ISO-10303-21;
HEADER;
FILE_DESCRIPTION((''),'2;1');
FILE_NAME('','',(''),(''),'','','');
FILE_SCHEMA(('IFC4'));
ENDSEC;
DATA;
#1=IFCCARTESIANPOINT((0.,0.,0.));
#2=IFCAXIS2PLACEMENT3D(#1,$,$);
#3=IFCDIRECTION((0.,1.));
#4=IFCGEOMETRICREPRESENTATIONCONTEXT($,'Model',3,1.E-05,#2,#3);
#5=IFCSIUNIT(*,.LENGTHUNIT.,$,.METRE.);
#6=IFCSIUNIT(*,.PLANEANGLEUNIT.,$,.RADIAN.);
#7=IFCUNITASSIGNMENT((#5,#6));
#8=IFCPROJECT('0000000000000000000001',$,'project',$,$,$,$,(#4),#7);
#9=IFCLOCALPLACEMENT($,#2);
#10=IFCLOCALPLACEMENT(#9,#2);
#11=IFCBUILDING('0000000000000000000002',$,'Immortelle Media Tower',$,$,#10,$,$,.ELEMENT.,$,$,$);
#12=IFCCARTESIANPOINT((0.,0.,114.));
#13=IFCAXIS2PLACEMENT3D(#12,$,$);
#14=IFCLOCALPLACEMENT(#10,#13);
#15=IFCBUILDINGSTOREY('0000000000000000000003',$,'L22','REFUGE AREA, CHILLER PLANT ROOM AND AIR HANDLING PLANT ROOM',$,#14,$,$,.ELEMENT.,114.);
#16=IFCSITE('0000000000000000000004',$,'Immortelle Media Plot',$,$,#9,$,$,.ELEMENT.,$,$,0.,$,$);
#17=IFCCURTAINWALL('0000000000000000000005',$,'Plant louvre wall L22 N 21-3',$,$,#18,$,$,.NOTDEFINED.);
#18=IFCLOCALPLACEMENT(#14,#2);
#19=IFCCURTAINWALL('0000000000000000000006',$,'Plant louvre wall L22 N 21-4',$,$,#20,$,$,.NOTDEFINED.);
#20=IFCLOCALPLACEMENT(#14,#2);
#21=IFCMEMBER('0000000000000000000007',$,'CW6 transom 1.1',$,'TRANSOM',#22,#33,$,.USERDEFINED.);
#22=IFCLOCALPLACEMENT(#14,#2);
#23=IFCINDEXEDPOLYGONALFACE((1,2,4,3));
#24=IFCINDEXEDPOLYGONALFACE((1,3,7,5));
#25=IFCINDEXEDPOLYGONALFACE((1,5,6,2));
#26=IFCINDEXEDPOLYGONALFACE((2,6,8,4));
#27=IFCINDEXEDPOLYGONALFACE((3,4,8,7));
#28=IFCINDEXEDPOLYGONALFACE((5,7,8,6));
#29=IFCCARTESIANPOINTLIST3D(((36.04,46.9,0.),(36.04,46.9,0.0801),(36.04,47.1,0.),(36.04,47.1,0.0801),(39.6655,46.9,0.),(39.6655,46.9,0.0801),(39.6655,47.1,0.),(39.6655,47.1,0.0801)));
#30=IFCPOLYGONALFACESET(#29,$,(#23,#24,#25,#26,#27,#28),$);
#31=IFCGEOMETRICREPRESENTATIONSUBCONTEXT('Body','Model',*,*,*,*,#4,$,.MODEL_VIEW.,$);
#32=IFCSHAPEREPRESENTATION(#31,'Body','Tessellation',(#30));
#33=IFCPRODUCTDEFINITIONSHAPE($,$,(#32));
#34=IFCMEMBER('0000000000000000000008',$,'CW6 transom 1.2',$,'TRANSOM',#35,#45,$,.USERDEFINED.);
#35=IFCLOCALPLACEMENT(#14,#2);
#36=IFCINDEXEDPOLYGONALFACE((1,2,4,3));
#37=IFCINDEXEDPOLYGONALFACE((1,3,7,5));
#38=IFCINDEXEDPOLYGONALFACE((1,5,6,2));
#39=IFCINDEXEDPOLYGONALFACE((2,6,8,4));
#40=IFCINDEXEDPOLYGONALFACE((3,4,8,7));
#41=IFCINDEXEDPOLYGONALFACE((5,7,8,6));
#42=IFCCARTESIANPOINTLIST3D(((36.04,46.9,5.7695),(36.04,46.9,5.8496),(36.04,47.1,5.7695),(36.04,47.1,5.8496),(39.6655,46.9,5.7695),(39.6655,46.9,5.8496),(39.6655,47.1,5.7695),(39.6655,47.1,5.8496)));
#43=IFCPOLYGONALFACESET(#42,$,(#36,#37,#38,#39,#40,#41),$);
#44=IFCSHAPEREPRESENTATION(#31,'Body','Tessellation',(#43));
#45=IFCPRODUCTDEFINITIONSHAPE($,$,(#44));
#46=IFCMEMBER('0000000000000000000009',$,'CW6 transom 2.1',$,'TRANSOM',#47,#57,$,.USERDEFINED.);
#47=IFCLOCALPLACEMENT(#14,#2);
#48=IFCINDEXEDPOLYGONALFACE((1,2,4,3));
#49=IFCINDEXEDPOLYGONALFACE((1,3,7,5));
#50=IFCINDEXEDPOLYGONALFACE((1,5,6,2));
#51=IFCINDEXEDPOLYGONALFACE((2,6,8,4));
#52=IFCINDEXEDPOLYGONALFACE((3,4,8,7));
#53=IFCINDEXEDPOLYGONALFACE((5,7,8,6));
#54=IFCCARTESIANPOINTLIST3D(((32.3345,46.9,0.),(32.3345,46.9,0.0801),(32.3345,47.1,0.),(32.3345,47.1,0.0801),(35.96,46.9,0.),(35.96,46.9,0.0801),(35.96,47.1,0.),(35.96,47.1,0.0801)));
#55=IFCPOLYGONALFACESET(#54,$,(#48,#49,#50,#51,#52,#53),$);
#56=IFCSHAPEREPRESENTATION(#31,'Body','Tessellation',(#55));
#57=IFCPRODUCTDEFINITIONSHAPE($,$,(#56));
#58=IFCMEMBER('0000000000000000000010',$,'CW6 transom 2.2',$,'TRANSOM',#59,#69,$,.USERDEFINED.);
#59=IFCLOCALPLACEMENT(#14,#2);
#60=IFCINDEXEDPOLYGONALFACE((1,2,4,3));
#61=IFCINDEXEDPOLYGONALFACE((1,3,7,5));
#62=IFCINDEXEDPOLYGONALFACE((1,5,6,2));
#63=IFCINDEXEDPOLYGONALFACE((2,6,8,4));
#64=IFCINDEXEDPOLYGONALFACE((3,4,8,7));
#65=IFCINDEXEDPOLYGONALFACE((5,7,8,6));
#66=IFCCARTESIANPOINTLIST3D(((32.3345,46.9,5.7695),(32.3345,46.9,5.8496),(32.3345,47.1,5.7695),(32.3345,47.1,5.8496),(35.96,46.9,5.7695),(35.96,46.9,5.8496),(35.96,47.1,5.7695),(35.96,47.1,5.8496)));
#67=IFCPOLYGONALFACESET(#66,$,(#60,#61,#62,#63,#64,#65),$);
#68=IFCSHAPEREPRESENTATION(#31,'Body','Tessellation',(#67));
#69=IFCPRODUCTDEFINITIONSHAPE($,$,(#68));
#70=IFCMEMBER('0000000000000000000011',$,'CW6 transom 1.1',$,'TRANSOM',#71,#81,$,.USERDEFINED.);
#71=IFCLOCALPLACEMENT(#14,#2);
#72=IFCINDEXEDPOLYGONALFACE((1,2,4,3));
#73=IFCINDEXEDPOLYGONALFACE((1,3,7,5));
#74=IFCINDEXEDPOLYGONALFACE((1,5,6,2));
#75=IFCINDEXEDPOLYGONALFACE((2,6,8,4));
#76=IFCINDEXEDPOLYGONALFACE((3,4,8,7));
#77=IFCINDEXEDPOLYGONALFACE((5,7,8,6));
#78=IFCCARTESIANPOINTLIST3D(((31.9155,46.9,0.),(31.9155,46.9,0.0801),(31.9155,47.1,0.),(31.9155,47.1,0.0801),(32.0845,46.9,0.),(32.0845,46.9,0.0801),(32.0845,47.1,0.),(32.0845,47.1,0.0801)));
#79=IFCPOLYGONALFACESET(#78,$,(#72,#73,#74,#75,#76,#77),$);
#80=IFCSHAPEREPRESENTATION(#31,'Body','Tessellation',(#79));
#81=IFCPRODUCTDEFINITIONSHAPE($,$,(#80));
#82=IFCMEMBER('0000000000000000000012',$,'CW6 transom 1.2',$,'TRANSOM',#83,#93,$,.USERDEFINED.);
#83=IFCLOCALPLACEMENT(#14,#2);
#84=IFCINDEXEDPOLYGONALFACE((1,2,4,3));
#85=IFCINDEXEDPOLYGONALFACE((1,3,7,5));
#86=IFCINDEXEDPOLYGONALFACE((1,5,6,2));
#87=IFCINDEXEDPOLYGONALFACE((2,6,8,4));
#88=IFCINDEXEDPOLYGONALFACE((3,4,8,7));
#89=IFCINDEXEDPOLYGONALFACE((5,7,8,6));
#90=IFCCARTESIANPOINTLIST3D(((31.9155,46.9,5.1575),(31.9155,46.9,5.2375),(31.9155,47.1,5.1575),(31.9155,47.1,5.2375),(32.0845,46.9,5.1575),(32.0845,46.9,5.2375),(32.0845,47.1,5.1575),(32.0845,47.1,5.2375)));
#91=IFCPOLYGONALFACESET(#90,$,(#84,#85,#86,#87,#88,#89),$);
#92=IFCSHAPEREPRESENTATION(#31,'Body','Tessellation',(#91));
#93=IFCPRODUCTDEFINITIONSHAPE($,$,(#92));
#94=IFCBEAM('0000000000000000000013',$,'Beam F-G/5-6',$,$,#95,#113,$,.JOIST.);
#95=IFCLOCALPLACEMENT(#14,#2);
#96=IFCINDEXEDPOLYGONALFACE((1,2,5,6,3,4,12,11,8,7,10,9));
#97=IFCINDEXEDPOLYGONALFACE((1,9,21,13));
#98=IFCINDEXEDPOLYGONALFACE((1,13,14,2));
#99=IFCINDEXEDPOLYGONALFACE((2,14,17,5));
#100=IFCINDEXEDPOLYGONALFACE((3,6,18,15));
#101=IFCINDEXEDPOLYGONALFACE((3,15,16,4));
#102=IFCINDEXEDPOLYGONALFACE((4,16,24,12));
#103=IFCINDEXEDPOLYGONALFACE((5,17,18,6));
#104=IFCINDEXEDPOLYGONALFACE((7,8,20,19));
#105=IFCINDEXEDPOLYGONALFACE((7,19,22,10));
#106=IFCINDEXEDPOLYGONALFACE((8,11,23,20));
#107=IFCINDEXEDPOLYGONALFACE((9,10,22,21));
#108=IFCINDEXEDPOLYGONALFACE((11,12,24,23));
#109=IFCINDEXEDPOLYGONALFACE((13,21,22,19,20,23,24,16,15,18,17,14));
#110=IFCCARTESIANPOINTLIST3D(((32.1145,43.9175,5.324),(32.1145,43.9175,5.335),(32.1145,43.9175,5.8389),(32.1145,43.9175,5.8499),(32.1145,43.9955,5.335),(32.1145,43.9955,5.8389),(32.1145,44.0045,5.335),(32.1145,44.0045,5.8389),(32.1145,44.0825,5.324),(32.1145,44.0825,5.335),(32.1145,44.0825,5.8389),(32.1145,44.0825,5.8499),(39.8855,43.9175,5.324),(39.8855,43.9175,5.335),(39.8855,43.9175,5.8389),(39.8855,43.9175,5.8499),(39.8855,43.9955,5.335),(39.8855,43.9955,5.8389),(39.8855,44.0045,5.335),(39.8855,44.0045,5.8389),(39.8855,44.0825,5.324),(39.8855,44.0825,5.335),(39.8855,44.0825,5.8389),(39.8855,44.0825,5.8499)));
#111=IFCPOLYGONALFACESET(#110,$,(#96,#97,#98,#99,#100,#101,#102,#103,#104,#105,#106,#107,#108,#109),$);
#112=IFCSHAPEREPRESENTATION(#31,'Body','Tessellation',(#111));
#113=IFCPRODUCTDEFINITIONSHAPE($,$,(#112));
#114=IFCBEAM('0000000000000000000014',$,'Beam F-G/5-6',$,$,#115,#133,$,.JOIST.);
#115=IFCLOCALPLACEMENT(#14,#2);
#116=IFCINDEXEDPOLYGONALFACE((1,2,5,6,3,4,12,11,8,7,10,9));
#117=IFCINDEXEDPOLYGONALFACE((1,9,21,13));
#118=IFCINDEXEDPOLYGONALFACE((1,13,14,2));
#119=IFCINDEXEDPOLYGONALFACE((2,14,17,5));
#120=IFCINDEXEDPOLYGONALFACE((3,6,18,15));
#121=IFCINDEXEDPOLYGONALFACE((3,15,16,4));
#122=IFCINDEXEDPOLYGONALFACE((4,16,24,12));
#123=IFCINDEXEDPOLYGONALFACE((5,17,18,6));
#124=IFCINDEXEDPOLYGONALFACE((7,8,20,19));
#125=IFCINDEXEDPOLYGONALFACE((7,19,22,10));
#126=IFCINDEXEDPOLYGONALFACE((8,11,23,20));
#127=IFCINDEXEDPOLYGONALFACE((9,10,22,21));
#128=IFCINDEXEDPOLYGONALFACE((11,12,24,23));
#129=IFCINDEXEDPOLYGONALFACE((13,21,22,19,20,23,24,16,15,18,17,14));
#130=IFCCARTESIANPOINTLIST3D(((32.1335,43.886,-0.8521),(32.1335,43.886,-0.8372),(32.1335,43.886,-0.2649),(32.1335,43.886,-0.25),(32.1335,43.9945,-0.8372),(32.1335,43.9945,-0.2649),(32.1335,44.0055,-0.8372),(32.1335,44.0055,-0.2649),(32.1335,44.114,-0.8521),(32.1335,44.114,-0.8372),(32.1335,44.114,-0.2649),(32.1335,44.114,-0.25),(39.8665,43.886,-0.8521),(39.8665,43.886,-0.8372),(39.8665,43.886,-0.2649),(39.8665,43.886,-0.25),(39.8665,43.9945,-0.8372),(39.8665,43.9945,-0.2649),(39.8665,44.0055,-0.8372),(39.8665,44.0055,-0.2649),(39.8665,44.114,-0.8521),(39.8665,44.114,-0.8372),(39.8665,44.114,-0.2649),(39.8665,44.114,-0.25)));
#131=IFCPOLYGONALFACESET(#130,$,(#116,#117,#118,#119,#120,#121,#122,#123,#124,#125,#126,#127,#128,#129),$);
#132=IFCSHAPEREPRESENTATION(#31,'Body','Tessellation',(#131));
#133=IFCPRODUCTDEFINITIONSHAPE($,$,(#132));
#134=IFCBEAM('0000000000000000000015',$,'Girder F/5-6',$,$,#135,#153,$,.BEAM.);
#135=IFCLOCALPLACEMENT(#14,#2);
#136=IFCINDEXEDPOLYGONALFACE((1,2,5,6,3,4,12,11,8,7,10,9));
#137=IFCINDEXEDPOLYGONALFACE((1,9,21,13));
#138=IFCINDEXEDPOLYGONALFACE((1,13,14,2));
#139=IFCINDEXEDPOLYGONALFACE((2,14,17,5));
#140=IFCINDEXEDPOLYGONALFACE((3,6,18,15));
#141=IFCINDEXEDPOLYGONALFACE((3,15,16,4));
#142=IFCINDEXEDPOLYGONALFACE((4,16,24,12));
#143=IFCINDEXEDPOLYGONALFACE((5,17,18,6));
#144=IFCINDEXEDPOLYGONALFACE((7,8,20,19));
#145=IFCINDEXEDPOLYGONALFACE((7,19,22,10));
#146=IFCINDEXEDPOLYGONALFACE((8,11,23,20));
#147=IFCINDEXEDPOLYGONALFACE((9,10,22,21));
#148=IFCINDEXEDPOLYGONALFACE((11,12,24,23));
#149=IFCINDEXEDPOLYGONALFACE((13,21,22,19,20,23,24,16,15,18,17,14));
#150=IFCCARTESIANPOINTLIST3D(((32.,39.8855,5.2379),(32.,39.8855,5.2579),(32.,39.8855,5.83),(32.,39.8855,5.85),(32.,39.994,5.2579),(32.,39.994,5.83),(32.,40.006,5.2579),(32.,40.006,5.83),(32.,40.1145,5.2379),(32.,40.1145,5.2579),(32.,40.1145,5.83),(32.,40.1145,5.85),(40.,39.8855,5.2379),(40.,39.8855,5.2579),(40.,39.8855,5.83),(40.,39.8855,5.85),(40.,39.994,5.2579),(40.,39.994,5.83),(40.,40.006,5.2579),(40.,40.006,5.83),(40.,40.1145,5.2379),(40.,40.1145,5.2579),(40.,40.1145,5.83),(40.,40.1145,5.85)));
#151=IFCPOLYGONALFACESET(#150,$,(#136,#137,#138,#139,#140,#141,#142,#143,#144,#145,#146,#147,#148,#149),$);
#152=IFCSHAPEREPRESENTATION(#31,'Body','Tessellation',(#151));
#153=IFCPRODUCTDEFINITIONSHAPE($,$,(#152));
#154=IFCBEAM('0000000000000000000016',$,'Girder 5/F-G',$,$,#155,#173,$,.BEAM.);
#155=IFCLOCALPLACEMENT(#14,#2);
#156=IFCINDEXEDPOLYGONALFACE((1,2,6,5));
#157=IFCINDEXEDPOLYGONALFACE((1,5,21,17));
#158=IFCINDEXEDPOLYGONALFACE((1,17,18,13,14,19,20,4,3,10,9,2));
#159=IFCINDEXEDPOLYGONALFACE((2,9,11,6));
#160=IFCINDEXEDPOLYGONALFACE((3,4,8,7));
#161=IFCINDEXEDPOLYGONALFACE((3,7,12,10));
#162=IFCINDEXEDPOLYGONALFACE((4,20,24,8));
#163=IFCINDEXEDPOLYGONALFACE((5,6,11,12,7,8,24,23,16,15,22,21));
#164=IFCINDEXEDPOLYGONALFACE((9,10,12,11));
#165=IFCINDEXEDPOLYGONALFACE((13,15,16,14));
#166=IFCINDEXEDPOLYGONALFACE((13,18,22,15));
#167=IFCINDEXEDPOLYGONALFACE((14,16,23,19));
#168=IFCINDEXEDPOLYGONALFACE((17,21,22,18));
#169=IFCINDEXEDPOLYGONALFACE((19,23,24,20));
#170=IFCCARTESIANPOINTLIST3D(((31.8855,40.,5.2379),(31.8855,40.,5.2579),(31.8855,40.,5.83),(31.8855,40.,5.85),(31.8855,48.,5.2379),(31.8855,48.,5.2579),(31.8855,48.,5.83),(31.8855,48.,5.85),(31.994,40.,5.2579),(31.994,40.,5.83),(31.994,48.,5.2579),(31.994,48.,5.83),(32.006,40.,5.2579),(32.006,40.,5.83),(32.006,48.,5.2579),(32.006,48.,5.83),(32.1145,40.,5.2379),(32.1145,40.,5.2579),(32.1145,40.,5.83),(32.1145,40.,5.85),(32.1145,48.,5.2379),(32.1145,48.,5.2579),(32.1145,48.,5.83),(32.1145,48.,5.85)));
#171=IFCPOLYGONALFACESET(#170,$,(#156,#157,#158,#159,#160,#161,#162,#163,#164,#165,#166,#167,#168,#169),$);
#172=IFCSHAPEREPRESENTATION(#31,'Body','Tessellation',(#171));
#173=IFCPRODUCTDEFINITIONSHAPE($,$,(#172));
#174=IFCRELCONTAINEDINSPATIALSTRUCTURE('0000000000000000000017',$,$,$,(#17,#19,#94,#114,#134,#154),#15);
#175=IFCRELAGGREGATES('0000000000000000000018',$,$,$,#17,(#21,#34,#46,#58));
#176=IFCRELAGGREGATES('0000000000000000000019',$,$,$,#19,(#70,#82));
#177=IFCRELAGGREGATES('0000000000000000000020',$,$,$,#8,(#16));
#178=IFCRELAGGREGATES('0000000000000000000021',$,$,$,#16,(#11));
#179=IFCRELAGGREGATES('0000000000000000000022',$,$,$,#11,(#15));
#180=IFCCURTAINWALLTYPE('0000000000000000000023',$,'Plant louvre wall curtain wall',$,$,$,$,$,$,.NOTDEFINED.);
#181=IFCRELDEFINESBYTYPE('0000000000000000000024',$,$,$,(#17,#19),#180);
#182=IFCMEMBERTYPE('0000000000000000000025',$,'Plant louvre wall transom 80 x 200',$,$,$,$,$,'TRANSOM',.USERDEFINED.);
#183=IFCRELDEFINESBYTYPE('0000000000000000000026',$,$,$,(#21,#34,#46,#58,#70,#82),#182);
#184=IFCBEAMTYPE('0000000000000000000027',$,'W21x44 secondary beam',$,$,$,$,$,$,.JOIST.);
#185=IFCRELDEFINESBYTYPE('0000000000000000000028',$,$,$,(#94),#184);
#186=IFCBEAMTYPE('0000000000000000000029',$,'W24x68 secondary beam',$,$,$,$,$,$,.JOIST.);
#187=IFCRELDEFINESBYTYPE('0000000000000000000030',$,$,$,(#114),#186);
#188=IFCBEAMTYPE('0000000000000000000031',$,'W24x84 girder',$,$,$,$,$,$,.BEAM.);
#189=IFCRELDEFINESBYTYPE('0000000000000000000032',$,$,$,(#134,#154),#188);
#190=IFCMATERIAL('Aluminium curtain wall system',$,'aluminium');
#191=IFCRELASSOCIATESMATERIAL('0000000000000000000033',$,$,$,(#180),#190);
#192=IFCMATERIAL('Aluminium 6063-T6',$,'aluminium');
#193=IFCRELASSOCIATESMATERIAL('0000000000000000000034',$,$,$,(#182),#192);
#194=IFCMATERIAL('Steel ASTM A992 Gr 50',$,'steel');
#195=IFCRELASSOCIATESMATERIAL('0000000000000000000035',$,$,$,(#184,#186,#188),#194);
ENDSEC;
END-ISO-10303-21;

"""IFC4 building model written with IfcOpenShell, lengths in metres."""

from ifc_helpers import new_model, si_unit, direction, frame, origin, origin_2d, place, context, subcontext, project, spatial, rectangle, i_section, extrude, material, material_profile, profile_set, type_object, element, aggregate, save


model = new_model("IFC4")

# Units and contexts
model_context = context("Model", 3, precision=1e-05, world=origin(), true_north=direction((0.0, 1.0)))
body_context = subcontext(model_context, "Body", "Model", "MODEL_VIEW")
ifc_project = project(units=[si_unit("LENGTHUNIT", "METRE"), si_unit("PLANEANGLEUNIT", "RADIAN")], contexts=[model_context])

# Site, building, storey
site_placement = place(None, origin())
site = spatial("IfcSite", under=ifc_project, at=site_placement, Name="Immortelle Media Plot", CompositionType="ELEMENT", RefElevation=0.0)
building_placement = place(site_placement, origin())
building = spatial("IfcBuilding", under=site, at=building_placement, Name="Immortelle Media Tower", CompositionType="ELEMENT")
storey_placement = place(building_placement, frame((0.0, 0.0, 114.0)))
storey = spatial("IfcBuildingStorey", under=building, at=storey_placement, Name="L22", Description="REFUGE AREA, CHILLER PLANT ROOM AND AIR HANDLING PLANT ROOM", CompositionType="ELEMENT", Elevation=114.0)

# Shared definitions
ifc_material_1 = material(Name="Steel ASTM A992 Gr 50", Category="steel")

# Curtain wall
ifc_material_2 = material(Name="Aluminium curtain wall system", Category="aluminium")
curtain_wall_type = type_object("IfcCurtainWallType", Name="Plant louvre wall curtain wall", PredefinedType="NOTDEFINED", material=ifc_material_2)
curtain_wall_1_placement = place(storey_placement, origin())
curtain_wall_1 = element("IfcCurtainWall", 1, at=curtain_wall_1_placement, inside=storey, type_object=curtain_wall_type, Name="Plant louvre wall L22 N 21-3", PredefinedType="NOTDEFINED")
ifc_material_3 = material(Name="Aluminium 6063-T6", Category="aluminium")

# Curtain wall
curtain_wall_2_placement = place(storey_placement, origin())
curtain_wall_2 = element("IfcCurtainWall", 2, at=curtain_wall_2_placement, inside=storey, type_object=curtain_wall_type, Name="Plant louvre wall L22 N 21-4", PredefinedType="NOTDEFINED")

# Members
ifc_material_profile_1 = material_profile(ifc_material_3, rectangle(XDim=0.2, YDim=0.0801, at=origin_2d()), Name="AL 80x200")
ifc_profile_set_1 = profile_set([ifc_material_profile_1], Name="Aluminium 6063-T6")
member_type_1 = type_object("IfcMemberType", Name="Plant louvre wall transom 80 x 200", ElementType="TRANSOM", PredefinedType="USERDEFINED", material=ifc_profile_set_1)
member_1_placement = place(storey_placement, frame((39.6655, 47.0, 0.04), z_axis=(-1.0, 0.0, 0.0), x_axis=(0.0, -1.0, 0.0)))
member_1 = element("IfcMember", 3, at=member_1_placement, type_object=member_type_1, Name="CW6 transom 1.1", ObjectType="TRANSOM", PredefinedType="USERDEFINED", context=body_context, shape_type="SweptSolid", body=[
    extrude(rectangle(XDim=0.2, YDim=0.0801, at=origin_2d()), origin(), (0.0, 0.0, 1.0), 3.6255),
])
member_2_placement = place(storey_placement, frame((39.6655, 47.0, 5.8096), z_axis=(-1.0, 0.0, 0.0), x_axis=(0.0, -1.0, 0.0)))
member_2 = element("IfcMember", 4, at=member_2_placement, type_object=member_type_1, Name="CW6 transom 1.2", ObjectType="TRANSOM", PredefinedType="USERDEFINED", context=body_context, shape_type="SweptSolid", body=[
    extrude(rectangle(XDim=0.2, YDim=0.0801, at=origin_2d()), origin(), (0.0, 0.0, 1.0), 3.6255),
])
member_3_placement = place(storey_placement, frame((35.96, 47.0, 0.04), z_axis=(-1.0, 0.0, 0.0), x_axis=(0.0, -1.0, 0.0)))
member_3 = element("IfcMember", 5, at=member_3_placement, type_object=member_type_1, Name="CW6 transom 2.1", ObjectType="TRANSOM", PredefinedType="USERDEFINED", context=body_context, shape_type="SweptSolid", body=[
    extrude(rectangle(XDim=0.2, YDim=0.0801, at=origin_2d()), origin(), (0.0, 0.0, 1.0), 3.6255),
])
member_4_placement = place(storey_placement, frame((35.96, 47.0, 5.8096), z_axis=(-1.0, 0.0, 0.0), x_axis=(0.0, -1.0, 0.0)))
member_4 = element("IfcMember", 6, at=member_4_placement, type_object=member_type_1, Name="CW6 transom 2.2", ObjectType="TRANSOM", PredefinedType="USERDEFINED", context=body_context, shape_type="SweptSolid", body=[
    extrude(rectangle(XDim=0.2, YDim=0.0801, at=origin_2d()), origin(), (0.0, 0.0, 1.0), 3.6255),
])
member_5_placement = place(storey_placement, frame((32.0845, 47.0, 0.04), z_axis=(-1.0, 0.0, 0.0), x_axis=(0.0, -1.0, 0.0)))
member_5 = element("IfcMember", 7, at=member_5_placement, type_object=member_type_1, Name="CW6 transom 1.1", ObjectType="TRANSOM", PredefinedType="USERDEFINED", context=body_context, shape_type="SweptSolid", body=[
    extrude(rectangle(XDim=0.2, YDim=0.0801, at=origin_2d()), origin(), (0.0, 0.0, 1.0), 0.1689),
])
member_6_placement = place(storey_placement, frame((32.0845, 47.0, 5.1975), z_axis=(-1.0, 0.0, 0.0), x_axis=(0.0, -1.0, 0.0)))
member_6 = element("IfcMember", 8, at=member_6_placement, type_object=member_type_1, Name="CW6 transom 1.2", ObjectType="TRANSOM", PredefinedType="USERDEFINED", context=body_context, shape_type="SweptSolid", body=[
    extrude(rectangle(XDim=0.2, YDim=0.0801, at=origin_2d()), origin(), (0.0, 0.0, 1.0), 0.1689),
])

# Beams
ifc_material_profile_2 = material_profile(ifc_material_1, i_section(OverallWidth=0.165, OverallDepth=0.5259, WebThickness=0.009, FlangeThickness=0.011, at=origin_2d()), Name="W21x44")
ifc_profile_set_2 = profile_set([ifc_material_profile_2], Name="Steel ASTM A992 Gr 50")
beam_type_1 = type_object("IfcBeamType", Name="W21x44 secondary beam", PredefinedType="JOIST", material=ifc_profile_set_2)
beam_1_placement = place(storey_placement, frame((32.1145, 44.0, 5.5869), z_axis=(1.0, 0.0, 0.0), x_axis=(0.0, 1.0, 0.0)))
element("IfcBeam", 9, at=beam_1_placement, inside=storey, type_object=beam_type_1, Name="Beam F-G/5-6", PredefinedType="JOIST", context=body_context, shape_type="SweptSolid", body=[
    extrude(i_section(OverallWidth=0.165, OverallDepth=0.5259, WebThickness=0.009, FlangeThickness=0.011, at=origin_2d()), origin(), (0.0, 0.0, 1.0), 7.771),
])
ifc_material_profile_3 = material_profile(ifc_material_1, i_section(OverallWidth=0.228, OverallDepth=0.6021, WebThickness=0.011, FlangeThickness=0.0149, at=origin_2d()), Name="W24x68")
ifc_profile_set_3 = profile_set([ifc_material_profile_3], Name="Steel ASTM A992 Gr 50")
beam_type_2 = type_object("IfcBeamType", Name="W24x68 secondary beam", PredefinedType="JOIST", material=ifc_profile_set_3)
beam_2_placement = place(storey_placement, frame((32.1335, 44.0, -0.551), z_axis=(1.0, 0.0, 0.0), x_axis=(0.0, 1.0, 0.0)))
element("IfcBeam", 10, at=beam_2_placement, inside=storey, type_object=beam_type_2, Name="Beam F-G/5-6", PredefinedType="JOIST", context=body_context, shape_type="SweptSolid", body=[
    extrude(i_section(OverallWidth=0.228, OverallDepth=0.6021, WebThickness=0.011, FlangeThickness=0.0149, at=origin_2d()), origin(), (0.0, 0.0, 1.0), 7.7329),
])
ifc_material_profile_4 = material_profile(ifc_material_1, i_section(OverallWidth=0.229, OverallDepth=0.6121, WebThickness=0.012, FlangeThickness=0.02, at=origin_2d()), Name="W24x84")
ifc_profile_set_4 = profile_set([ifc_material_profile_4], Name="Steel ASTM A992 Gr 50")
beam_type_3 = type_object("IfcBeamType", Name="W24x84 girder", PredefinedType="BEAM", material=ifc_profile_set_4)
for number, where, z_axis, x_axis, name in (
    (11, (32.0, 40.0, 5.5439), (1.0, 0.0, 0.0), (0.0, 1.0, 0.0), "Girder F/5-6"),
    (12, (32.0, 40.0, 5.5439), (0.0, 1.0, 0.0), (-1.0, 0.0, 0.0), "Girder 5/F-G"),
):
    element("IfcBeam", number, at=place(storey_placement, frame(where, z_axis=z_axis, x_axis=x_axis)), inside=storey, type_object=beam_type_3, Name=name, PredefinedType="BEAM", context=body_context, shape_type="SweptSolid", body=[
        extrude(i_section(OverallWidth=0.229, OverallDepth=0.6121, WebThickness=0.012, FlangeThickness=0.02, at=origin_2d()), origin(), (0.0, 0.0, 1.0), 8.0),
    ])

aggregate(curtain_wall_1, [member_1, member_2, member_3, member_4])
aggregate(curtain_wall_2, [member_5, member_6])

save(model, "model.ifc")
